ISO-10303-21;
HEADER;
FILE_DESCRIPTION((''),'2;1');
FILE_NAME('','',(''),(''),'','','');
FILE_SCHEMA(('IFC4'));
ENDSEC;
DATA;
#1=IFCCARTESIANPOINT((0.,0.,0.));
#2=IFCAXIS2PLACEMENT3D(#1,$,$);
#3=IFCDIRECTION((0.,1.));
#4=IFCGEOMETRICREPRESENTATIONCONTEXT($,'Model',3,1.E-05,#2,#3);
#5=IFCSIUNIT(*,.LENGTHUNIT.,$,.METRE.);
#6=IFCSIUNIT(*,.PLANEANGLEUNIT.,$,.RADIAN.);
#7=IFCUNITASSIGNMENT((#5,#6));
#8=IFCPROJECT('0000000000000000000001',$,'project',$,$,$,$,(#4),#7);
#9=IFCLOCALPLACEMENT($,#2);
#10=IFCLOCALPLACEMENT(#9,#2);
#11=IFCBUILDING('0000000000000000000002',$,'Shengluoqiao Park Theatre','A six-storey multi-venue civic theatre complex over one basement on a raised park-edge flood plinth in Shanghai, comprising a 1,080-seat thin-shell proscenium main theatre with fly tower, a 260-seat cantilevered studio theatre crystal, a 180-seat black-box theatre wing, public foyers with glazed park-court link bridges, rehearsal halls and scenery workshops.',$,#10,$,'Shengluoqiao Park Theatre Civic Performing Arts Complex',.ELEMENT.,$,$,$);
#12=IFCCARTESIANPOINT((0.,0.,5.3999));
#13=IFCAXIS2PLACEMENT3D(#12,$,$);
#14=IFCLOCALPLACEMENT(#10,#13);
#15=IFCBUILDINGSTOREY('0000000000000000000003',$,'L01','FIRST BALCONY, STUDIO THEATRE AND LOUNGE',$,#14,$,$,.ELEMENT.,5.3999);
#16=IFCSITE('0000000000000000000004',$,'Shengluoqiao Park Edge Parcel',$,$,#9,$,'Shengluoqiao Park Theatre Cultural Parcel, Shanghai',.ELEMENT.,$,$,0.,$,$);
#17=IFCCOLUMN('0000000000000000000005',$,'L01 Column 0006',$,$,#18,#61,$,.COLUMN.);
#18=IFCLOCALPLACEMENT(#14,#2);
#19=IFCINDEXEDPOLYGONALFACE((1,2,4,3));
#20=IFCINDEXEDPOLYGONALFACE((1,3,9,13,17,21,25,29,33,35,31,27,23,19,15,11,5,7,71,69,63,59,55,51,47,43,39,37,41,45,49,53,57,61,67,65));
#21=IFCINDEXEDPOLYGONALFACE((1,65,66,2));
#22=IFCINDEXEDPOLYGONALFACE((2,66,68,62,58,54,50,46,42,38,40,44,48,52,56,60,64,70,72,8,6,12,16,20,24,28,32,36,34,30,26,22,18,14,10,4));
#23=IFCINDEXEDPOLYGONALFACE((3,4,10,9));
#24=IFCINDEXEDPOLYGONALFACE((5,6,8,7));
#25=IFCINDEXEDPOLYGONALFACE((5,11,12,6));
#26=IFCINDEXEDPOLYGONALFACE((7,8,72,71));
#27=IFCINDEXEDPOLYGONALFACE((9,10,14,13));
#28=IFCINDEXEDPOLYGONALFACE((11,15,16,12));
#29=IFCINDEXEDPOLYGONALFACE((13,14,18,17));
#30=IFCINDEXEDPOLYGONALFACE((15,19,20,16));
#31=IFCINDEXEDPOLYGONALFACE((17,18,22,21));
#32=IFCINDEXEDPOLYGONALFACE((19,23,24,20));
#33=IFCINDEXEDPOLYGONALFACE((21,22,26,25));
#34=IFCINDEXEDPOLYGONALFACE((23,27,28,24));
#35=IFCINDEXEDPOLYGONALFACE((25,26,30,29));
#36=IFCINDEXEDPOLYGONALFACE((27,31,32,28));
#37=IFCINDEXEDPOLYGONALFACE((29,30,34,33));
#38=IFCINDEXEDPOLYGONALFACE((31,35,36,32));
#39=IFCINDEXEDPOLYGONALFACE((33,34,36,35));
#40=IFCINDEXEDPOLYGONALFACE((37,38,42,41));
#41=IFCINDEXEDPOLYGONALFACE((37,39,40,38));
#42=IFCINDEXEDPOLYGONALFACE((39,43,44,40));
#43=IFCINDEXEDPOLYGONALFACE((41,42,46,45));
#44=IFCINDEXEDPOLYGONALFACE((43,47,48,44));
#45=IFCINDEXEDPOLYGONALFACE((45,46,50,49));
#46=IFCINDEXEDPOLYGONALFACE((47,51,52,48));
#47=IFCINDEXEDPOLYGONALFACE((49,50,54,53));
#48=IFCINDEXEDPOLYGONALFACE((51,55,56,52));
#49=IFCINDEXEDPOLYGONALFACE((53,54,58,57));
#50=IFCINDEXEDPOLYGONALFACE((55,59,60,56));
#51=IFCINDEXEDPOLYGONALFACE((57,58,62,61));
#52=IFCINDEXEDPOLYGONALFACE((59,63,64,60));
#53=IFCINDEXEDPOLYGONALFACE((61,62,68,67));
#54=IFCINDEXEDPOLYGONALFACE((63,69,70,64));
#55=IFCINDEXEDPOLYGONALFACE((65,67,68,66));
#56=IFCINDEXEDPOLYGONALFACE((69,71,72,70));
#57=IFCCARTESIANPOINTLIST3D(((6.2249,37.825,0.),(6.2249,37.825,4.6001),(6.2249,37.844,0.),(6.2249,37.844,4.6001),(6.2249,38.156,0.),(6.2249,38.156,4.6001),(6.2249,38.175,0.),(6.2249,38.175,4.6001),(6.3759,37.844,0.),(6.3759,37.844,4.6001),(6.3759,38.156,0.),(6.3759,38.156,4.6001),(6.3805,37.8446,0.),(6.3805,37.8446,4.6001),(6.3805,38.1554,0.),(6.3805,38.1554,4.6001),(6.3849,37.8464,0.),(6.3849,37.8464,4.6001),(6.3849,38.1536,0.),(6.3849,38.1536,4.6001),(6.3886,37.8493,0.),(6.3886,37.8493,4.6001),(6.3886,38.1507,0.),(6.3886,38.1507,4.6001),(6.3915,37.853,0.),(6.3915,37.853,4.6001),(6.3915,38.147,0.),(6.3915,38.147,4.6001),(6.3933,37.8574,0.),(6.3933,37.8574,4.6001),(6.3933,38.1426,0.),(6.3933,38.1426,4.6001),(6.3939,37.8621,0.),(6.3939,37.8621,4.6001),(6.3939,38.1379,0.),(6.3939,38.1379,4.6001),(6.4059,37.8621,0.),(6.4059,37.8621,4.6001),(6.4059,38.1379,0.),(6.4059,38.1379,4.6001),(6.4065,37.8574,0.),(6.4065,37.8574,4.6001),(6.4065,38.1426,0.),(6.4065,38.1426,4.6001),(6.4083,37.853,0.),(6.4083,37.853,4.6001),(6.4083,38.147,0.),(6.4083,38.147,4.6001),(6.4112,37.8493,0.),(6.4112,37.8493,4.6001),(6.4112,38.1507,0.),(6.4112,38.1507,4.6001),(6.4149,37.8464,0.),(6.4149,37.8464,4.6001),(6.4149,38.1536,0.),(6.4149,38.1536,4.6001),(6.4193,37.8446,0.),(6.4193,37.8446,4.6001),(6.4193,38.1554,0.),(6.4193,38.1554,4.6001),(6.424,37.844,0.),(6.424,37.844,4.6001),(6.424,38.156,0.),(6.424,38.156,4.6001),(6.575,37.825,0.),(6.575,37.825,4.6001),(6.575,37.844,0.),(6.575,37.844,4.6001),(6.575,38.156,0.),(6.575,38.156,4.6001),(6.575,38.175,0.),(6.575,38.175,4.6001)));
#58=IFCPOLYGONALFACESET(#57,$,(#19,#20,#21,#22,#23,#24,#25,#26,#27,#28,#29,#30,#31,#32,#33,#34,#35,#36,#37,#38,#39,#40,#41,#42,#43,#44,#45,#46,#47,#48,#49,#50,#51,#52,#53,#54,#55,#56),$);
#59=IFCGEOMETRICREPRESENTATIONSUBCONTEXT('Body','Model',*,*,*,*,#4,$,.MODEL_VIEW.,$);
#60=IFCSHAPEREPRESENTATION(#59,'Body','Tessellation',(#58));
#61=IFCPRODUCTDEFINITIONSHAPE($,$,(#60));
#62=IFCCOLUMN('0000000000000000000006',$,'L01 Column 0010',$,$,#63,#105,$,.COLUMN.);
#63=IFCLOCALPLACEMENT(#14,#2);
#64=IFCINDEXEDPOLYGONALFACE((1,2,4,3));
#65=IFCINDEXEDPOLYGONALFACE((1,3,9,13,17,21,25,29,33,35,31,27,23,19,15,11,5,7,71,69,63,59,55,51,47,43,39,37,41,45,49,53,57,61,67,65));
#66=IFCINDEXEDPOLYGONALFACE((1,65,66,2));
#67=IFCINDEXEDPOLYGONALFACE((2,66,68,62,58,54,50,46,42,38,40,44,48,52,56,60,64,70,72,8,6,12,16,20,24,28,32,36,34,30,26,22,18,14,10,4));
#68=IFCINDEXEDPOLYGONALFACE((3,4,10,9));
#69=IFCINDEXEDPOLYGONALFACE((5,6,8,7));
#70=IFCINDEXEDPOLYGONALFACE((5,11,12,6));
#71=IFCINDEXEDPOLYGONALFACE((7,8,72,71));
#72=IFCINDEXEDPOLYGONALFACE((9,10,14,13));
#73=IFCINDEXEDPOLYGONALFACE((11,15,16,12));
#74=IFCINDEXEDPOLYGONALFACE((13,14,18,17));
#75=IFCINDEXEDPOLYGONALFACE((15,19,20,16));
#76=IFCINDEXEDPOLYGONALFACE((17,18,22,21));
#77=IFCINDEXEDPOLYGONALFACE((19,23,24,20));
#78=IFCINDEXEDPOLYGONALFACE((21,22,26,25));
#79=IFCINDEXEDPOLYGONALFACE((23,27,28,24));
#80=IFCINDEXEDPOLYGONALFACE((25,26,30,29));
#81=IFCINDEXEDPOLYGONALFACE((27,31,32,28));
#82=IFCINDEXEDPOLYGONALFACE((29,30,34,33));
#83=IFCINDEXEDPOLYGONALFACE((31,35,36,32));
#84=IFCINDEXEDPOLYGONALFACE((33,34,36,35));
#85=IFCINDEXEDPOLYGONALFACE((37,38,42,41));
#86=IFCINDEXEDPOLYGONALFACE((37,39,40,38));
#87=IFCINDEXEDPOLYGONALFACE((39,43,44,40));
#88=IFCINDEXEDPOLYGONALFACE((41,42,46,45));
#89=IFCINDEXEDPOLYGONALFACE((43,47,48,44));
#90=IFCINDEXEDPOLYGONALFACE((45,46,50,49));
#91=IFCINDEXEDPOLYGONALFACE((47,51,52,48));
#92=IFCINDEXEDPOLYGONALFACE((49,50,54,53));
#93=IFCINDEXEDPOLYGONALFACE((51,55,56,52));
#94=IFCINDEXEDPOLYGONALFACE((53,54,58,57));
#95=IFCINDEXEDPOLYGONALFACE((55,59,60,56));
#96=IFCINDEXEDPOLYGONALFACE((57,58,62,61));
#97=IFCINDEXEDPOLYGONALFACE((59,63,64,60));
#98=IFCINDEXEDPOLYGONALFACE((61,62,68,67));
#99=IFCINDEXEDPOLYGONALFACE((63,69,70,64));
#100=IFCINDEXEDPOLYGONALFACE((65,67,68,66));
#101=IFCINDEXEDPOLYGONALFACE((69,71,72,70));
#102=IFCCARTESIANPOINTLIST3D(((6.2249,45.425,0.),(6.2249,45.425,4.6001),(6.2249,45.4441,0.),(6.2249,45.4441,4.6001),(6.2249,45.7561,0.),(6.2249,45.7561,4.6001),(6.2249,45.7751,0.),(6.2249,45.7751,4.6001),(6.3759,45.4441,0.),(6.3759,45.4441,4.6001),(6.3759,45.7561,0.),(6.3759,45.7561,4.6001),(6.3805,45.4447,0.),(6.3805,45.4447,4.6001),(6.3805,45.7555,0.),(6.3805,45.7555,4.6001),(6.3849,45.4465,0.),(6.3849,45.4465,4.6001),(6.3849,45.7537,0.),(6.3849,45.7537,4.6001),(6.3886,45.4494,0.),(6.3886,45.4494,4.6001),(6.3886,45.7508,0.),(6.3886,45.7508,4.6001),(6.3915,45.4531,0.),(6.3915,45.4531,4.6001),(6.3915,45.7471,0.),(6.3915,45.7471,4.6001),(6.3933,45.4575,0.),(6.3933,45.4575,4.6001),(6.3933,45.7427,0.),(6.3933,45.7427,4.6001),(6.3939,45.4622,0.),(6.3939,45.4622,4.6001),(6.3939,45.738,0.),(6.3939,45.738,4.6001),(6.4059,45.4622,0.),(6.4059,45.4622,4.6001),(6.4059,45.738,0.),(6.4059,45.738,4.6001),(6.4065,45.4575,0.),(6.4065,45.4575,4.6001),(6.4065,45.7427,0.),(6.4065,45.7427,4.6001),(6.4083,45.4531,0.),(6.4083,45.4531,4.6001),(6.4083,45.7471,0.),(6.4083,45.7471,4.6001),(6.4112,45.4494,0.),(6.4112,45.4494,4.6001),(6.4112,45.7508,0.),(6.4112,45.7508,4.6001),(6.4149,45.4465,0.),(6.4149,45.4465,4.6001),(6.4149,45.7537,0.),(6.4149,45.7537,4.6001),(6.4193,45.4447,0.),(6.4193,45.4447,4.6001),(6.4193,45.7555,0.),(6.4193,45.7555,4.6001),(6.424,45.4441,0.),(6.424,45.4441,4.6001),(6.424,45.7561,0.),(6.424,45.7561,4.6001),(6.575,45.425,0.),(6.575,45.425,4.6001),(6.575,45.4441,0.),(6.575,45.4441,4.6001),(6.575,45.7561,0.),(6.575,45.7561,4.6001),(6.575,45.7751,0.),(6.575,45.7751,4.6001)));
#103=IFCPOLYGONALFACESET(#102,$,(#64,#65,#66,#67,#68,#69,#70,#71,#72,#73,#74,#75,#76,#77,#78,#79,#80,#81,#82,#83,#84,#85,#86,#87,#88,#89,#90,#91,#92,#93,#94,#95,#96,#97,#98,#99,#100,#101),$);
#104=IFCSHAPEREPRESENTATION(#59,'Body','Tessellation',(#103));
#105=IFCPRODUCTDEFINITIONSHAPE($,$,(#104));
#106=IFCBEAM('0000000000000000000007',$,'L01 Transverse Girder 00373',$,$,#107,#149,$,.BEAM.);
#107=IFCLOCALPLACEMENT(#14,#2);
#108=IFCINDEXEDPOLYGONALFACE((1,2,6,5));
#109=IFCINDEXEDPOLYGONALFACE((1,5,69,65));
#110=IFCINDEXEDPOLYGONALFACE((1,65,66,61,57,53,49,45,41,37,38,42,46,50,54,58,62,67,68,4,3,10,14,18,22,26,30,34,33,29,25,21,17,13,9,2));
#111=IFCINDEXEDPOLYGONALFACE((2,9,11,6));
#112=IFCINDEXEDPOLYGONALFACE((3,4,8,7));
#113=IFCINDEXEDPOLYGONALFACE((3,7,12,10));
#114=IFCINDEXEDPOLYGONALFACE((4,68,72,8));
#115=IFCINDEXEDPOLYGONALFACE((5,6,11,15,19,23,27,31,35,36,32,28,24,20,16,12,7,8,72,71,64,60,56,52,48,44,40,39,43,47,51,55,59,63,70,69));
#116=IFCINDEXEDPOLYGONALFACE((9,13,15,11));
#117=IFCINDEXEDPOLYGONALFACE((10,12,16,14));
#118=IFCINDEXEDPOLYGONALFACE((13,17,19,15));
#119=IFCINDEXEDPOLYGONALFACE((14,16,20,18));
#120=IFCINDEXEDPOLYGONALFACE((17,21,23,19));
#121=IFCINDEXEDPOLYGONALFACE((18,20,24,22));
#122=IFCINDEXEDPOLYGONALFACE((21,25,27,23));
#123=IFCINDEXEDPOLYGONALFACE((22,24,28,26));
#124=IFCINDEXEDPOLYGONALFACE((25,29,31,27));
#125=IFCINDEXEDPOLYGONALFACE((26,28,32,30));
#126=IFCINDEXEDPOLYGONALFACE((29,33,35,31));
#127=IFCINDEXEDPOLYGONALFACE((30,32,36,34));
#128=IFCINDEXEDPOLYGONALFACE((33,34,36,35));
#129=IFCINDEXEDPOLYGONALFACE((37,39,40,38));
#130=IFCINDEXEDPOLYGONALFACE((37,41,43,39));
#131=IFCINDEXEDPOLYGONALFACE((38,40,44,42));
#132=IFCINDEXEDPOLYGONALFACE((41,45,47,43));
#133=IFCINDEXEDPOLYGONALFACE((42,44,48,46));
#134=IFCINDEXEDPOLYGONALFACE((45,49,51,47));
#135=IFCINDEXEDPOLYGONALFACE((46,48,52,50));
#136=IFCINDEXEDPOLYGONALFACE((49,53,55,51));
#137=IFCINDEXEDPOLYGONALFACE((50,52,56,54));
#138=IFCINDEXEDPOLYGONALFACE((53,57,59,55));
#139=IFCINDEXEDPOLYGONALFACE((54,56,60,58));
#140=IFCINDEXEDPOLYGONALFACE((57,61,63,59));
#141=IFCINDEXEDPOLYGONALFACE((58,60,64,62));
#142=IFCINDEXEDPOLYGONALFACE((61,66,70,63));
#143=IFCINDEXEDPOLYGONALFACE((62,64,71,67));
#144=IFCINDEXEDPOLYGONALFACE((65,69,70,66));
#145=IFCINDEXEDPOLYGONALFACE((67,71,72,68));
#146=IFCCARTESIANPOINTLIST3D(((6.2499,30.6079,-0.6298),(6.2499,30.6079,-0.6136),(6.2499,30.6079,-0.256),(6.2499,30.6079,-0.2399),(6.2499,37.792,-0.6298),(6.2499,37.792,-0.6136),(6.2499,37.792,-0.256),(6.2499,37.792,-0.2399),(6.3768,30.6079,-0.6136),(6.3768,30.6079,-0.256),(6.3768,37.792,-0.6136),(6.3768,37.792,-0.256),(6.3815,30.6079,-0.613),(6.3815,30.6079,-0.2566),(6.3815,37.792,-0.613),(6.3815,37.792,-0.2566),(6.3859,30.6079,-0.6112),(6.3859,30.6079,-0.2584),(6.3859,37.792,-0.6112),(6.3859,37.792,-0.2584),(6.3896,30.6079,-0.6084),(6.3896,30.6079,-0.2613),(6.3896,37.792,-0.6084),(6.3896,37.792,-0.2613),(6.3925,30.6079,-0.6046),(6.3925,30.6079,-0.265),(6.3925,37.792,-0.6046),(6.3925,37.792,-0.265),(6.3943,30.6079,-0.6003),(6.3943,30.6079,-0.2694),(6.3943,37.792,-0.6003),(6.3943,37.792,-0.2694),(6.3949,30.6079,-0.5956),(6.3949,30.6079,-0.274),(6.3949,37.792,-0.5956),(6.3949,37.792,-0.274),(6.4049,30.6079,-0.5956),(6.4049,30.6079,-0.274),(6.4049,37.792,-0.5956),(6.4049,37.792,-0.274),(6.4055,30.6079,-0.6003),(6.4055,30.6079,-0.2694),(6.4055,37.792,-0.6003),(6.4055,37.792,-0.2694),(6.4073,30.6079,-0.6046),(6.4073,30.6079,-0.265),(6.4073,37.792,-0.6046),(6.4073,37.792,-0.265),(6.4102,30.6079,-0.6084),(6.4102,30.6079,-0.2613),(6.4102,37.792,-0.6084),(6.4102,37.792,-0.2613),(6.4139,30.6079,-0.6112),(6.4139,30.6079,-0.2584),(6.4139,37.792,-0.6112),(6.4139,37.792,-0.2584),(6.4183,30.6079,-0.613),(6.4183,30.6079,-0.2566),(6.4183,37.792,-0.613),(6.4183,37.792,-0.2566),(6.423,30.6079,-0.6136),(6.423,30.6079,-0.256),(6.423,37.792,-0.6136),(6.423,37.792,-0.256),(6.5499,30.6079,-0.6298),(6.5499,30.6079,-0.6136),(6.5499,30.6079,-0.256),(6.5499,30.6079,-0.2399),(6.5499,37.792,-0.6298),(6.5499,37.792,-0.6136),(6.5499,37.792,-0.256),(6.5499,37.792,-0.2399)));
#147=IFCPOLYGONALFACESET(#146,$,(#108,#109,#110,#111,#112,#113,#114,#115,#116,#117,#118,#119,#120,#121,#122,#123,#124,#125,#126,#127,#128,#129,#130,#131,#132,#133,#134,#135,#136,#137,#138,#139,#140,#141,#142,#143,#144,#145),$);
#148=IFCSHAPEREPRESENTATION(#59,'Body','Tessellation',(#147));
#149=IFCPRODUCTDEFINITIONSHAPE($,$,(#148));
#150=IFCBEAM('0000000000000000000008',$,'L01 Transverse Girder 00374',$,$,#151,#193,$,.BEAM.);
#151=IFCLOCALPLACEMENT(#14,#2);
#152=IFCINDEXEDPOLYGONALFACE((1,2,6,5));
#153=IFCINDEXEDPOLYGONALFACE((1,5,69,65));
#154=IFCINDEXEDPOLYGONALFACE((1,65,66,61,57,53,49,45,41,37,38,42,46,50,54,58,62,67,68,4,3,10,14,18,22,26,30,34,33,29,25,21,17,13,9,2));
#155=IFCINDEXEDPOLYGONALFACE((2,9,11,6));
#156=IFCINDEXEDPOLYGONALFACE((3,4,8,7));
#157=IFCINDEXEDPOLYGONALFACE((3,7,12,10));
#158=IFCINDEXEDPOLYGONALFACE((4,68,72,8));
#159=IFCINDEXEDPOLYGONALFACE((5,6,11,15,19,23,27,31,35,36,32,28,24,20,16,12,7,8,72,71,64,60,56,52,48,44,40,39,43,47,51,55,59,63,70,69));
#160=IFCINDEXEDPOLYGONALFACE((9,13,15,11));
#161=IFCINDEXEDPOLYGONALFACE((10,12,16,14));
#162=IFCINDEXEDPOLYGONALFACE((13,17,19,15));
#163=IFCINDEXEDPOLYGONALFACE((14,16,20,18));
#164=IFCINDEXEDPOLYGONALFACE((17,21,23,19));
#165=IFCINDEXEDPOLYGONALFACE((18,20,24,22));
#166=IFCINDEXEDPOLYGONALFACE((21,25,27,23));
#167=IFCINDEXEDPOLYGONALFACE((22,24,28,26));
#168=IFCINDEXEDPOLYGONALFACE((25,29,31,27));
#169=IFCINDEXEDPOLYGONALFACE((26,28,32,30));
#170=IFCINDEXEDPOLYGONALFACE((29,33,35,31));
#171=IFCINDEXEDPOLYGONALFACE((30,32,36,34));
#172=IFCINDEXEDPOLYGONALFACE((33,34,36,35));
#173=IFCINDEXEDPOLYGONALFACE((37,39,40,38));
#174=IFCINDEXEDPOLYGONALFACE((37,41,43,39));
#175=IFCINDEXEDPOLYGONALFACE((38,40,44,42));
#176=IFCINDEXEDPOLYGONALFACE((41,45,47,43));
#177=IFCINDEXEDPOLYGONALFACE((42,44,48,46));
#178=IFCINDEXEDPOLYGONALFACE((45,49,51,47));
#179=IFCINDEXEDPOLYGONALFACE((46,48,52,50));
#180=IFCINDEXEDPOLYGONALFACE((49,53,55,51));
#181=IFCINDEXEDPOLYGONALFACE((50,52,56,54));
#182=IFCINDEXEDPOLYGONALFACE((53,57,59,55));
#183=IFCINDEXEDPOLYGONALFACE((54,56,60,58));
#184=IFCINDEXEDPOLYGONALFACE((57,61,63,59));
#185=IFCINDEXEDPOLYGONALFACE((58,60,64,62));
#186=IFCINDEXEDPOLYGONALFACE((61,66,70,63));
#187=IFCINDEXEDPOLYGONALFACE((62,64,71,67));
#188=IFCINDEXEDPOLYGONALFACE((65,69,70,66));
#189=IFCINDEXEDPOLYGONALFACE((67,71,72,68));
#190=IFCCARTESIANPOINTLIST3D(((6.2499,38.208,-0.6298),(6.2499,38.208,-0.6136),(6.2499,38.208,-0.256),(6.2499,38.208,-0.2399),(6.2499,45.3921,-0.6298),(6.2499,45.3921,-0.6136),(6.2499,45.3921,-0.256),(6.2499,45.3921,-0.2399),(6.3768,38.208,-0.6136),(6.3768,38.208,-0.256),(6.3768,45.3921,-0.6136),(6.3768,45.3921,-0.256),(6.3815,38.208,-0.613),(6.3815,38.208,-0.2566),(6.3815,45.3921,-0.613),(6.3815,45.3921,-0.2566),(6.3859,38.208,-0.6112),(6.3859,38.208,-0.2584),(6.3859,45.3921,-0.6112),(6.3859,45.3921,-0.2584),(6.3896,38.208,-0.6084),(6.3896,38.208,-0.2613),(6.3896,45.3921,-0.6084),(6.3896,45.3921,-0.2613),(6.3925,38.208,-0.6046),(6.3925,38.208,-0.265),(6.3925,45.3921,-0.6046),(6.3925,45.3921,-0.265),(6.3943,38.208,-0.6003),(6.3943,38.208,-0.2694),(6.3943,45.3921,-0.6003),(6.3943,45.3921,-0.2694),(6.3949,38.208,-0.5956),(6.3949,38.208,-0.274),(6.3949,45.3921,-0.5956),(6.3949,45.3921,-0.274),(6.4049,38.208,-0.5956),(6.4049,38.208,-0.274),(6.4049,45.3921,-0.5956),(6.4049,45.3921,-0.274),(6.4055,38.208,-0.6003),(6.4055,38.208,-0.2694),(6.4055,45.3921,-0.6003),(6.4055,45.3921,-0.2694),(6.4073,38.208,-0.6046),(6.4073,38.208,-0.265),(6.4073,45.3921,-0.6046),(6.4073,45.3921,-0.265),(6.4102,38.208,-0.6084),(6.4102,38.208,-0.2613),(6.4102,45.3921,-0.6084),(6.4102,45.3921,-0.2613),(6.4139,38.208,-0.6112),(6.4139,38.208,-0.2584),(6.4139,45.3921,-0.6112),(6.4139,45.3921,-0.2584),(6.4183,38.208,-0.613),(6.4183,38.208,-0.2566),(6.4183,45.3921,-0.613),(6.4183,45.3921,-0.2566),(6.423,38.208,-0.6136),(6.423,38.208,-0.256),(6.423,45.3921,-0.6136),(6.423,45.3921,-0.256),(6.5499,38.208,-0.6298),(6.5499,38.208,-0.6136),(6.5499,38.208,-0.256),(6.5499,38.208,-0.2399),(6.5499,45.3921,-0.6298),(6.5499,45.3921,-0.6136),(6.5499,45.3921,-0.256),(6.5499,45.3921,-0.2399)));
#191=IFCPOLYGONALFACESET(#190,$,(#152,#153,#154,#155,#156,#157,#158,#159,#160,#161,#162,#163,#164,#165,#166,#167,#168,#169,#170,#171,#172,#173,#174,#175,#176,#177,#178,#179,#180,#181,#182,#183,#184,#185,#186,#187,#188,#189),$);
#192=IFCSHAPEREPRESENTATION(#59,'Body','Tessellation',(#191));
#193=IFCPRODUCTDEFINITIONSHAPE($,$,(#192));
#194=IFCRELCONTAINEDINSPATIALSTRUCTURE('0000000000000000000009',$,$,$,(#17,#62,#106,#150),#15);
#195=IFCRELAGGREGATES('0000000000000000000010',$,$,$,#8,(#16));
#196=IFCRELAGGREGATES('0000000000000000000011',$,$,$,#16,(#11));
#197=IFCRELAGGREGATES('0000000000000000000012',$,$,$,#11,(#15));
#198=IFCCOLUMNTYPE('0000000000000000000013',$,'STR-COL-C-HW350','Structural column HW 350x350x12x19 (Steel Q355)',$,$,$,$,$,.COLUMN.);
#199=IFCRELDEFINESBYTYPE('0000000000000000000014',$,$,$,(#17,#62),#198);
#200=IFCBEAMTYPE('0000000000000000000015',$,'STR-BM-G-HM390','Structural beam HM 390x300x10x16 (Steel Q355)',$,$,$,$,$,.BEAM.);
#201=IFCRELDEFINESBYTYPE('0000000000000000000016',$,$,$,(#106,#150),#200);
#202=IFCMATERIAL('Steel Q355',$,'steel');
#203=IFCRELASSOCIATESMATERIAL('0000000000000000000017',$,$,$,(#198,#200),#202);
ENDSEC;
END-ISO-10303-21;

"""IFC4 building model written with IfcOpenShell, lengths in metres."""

from ifc_helpers import new_model, si_unit, direction, frame, origin, origin_2d, place, context, subcontext, project, spatial, i_section, extrude, material, material_profile, profile_set, type_object, element, save


model = new_model("IFC4")

# Units and contexts
model_context = context("Model", 3, precision=1e-05, world=origin(), true_north=direction((0.0, 1.0)))
body_context = subcontext(model_context, "Body", "Model", "MODEL_VIEW")
ifc_project = project(units=[si_unit("LENGTHUNIT", "METRE"), si_unit("PLANEANGLEUNIT", "RADIAN")], contexts=[model_context])

# Site, building, storey
site_placement = place(None, origin())
site = spatial("IfcSite", under=ifc_project, at=site_placement, Name="Shengluoqiao Park Edge Parcel", LongName="Shengluoqiao Park Theatre Cultural Parcel, Shanghai", CompositionType="ELEMENT", RefElevation=0.0)
building_placement = place(site_placement, origin())
building = spatial("IfcBuilding", under=site, at=building_placement, Name="Shengluoqiao Park Theatre", Description="A six-storey multi-venue civic theatre complex over one basement on a raised park-edge flood plinth in Shanghai, comprising a 1,080-seat thin-shell proscenium main theatre with fly tower, a 260-seat cantilevered studio theatre crystal, a 180-seat black-box theatre wing, public foyers with glazed park-court link bridges, rehearsal halls and scenery workshops.", LongName="Shengluoqiao Park Theatre Civic Performing Arts Complex", CompositionType="ELEMENT")
storey_placement = place(building_placement, frame((0.0, 0.0, 5.3999)))
storey = spatial("IfcBuildingStorey", under=building, at=storey_placement, Name="L01", Description="FIRST BALCONY, STUDIO THEATRE AND LOUNGE", CompositionType="ELEMENT", Elevation=5.3999)

# Columns
ifc_material_1 = material(Name="Steel Q355", Category="steel")
ifc_material_profile_1 = material_profile(ifc_material_1, i_section(OverallWidth=0.3501, OverallDepth=0.3501, WebThickness=0.012, FlangeThickness=0.019, FilletRadius=0.0181, at=origin_2d()), Name="HW 350x350x12x19")
ifc_profile_set_1 = profile_set([ifc_material_profile_1], Name="Steel Q355")
column_type = type_object("IfcColumnType", Name="STR-COL-C-HW350", Description="Structural column HW 350x350x12x19 (Steel Q355)", PredefinedType="COLUMN", material=ifc_profile_set_1)
for number, where, z_axis, x_axis, name in (
    (1, (6.3999, 38.0, 0.0), (0.0, 0.0, 1.0), (1.0, 0.0, 0.0), "L01 Column 0006"),
    (2, (6.3999, 45.6001, 0.0), (0.0, 0.0, 1.0), (1.0, 0.0, 0.0), "L01 Column 0010"),
):
    element("IfcColumn", number, at=place(storey_placement, frame(where, z_axis=z_axis, x_axis=x_axis)), inside=storey, type_object=column_type, Name=name, PredefinedType="COLUMN", context=body_context, shape_type="SweptSolid", body=[
        extrude(i_section(OverallWidth=0.3501, OverallDepth=0.3501, WebThickness=0.012, FlangeThickness=0.019, FilletRadius=0.0181, at=origin_2d()), origin(), (0.0, 0.0, 1.0), 4.6001),
    ])

# Beams
ifc_material_profile_2 = material_profile(ifc_material_1, i_section(OverallWidth=0.3, OverallDepth=0.3899, WebThickness=0.01, FlangeThickness=0.0161, FilletRadius=0.0181, at=origin_2d()), Name="HM 390x300x10x16")
ifc_profile_set_2 = profile_set([ifc_material_profile_2], Name="Steel Q355")
beam_type_1 = type_object("IfcBeamType", Name="STR-BM-G-HM390", Description="Structural beam HM 390x300x10x16 (Steel Q355)", PredefinedType="BEAM", material=ifc_profile_set_2)
for number, where, z_axis, x_axis, name in (
    (3, (6.3999, 30.6079, -0.4348), (0.0, 1.0, 0.0), (-1.0, 0.0, 0.0), "L01 Transverse Girder 00373"),
    (4, (6.3999, 38.208, -0.4348), (0.0, 1.0, 0.0), (-1.0, 0.0, 0.0), "L01 Transverse Girder 00374"),
):
    element("IfcBeam", number, at=place(storey_placement, frame(where, z_axis=z_axis, x_axis=x_axis)), inside=storey, type_object=beam_type_1, Name=name, PredefinedType="BEAM", context=body_context, shape_type="SweptSolid", body=[
        extrude(i_section(OverallWidth=0.3, OverallDepth=0.3899, WebThickness=0.01, FlangeThickness=0.0161, FilletRadius=0.0181, at=origin_2d()), origin(), (0.0, 0.0, 1.0), 7.1841),
    ])

save(model, "model.ifc")
